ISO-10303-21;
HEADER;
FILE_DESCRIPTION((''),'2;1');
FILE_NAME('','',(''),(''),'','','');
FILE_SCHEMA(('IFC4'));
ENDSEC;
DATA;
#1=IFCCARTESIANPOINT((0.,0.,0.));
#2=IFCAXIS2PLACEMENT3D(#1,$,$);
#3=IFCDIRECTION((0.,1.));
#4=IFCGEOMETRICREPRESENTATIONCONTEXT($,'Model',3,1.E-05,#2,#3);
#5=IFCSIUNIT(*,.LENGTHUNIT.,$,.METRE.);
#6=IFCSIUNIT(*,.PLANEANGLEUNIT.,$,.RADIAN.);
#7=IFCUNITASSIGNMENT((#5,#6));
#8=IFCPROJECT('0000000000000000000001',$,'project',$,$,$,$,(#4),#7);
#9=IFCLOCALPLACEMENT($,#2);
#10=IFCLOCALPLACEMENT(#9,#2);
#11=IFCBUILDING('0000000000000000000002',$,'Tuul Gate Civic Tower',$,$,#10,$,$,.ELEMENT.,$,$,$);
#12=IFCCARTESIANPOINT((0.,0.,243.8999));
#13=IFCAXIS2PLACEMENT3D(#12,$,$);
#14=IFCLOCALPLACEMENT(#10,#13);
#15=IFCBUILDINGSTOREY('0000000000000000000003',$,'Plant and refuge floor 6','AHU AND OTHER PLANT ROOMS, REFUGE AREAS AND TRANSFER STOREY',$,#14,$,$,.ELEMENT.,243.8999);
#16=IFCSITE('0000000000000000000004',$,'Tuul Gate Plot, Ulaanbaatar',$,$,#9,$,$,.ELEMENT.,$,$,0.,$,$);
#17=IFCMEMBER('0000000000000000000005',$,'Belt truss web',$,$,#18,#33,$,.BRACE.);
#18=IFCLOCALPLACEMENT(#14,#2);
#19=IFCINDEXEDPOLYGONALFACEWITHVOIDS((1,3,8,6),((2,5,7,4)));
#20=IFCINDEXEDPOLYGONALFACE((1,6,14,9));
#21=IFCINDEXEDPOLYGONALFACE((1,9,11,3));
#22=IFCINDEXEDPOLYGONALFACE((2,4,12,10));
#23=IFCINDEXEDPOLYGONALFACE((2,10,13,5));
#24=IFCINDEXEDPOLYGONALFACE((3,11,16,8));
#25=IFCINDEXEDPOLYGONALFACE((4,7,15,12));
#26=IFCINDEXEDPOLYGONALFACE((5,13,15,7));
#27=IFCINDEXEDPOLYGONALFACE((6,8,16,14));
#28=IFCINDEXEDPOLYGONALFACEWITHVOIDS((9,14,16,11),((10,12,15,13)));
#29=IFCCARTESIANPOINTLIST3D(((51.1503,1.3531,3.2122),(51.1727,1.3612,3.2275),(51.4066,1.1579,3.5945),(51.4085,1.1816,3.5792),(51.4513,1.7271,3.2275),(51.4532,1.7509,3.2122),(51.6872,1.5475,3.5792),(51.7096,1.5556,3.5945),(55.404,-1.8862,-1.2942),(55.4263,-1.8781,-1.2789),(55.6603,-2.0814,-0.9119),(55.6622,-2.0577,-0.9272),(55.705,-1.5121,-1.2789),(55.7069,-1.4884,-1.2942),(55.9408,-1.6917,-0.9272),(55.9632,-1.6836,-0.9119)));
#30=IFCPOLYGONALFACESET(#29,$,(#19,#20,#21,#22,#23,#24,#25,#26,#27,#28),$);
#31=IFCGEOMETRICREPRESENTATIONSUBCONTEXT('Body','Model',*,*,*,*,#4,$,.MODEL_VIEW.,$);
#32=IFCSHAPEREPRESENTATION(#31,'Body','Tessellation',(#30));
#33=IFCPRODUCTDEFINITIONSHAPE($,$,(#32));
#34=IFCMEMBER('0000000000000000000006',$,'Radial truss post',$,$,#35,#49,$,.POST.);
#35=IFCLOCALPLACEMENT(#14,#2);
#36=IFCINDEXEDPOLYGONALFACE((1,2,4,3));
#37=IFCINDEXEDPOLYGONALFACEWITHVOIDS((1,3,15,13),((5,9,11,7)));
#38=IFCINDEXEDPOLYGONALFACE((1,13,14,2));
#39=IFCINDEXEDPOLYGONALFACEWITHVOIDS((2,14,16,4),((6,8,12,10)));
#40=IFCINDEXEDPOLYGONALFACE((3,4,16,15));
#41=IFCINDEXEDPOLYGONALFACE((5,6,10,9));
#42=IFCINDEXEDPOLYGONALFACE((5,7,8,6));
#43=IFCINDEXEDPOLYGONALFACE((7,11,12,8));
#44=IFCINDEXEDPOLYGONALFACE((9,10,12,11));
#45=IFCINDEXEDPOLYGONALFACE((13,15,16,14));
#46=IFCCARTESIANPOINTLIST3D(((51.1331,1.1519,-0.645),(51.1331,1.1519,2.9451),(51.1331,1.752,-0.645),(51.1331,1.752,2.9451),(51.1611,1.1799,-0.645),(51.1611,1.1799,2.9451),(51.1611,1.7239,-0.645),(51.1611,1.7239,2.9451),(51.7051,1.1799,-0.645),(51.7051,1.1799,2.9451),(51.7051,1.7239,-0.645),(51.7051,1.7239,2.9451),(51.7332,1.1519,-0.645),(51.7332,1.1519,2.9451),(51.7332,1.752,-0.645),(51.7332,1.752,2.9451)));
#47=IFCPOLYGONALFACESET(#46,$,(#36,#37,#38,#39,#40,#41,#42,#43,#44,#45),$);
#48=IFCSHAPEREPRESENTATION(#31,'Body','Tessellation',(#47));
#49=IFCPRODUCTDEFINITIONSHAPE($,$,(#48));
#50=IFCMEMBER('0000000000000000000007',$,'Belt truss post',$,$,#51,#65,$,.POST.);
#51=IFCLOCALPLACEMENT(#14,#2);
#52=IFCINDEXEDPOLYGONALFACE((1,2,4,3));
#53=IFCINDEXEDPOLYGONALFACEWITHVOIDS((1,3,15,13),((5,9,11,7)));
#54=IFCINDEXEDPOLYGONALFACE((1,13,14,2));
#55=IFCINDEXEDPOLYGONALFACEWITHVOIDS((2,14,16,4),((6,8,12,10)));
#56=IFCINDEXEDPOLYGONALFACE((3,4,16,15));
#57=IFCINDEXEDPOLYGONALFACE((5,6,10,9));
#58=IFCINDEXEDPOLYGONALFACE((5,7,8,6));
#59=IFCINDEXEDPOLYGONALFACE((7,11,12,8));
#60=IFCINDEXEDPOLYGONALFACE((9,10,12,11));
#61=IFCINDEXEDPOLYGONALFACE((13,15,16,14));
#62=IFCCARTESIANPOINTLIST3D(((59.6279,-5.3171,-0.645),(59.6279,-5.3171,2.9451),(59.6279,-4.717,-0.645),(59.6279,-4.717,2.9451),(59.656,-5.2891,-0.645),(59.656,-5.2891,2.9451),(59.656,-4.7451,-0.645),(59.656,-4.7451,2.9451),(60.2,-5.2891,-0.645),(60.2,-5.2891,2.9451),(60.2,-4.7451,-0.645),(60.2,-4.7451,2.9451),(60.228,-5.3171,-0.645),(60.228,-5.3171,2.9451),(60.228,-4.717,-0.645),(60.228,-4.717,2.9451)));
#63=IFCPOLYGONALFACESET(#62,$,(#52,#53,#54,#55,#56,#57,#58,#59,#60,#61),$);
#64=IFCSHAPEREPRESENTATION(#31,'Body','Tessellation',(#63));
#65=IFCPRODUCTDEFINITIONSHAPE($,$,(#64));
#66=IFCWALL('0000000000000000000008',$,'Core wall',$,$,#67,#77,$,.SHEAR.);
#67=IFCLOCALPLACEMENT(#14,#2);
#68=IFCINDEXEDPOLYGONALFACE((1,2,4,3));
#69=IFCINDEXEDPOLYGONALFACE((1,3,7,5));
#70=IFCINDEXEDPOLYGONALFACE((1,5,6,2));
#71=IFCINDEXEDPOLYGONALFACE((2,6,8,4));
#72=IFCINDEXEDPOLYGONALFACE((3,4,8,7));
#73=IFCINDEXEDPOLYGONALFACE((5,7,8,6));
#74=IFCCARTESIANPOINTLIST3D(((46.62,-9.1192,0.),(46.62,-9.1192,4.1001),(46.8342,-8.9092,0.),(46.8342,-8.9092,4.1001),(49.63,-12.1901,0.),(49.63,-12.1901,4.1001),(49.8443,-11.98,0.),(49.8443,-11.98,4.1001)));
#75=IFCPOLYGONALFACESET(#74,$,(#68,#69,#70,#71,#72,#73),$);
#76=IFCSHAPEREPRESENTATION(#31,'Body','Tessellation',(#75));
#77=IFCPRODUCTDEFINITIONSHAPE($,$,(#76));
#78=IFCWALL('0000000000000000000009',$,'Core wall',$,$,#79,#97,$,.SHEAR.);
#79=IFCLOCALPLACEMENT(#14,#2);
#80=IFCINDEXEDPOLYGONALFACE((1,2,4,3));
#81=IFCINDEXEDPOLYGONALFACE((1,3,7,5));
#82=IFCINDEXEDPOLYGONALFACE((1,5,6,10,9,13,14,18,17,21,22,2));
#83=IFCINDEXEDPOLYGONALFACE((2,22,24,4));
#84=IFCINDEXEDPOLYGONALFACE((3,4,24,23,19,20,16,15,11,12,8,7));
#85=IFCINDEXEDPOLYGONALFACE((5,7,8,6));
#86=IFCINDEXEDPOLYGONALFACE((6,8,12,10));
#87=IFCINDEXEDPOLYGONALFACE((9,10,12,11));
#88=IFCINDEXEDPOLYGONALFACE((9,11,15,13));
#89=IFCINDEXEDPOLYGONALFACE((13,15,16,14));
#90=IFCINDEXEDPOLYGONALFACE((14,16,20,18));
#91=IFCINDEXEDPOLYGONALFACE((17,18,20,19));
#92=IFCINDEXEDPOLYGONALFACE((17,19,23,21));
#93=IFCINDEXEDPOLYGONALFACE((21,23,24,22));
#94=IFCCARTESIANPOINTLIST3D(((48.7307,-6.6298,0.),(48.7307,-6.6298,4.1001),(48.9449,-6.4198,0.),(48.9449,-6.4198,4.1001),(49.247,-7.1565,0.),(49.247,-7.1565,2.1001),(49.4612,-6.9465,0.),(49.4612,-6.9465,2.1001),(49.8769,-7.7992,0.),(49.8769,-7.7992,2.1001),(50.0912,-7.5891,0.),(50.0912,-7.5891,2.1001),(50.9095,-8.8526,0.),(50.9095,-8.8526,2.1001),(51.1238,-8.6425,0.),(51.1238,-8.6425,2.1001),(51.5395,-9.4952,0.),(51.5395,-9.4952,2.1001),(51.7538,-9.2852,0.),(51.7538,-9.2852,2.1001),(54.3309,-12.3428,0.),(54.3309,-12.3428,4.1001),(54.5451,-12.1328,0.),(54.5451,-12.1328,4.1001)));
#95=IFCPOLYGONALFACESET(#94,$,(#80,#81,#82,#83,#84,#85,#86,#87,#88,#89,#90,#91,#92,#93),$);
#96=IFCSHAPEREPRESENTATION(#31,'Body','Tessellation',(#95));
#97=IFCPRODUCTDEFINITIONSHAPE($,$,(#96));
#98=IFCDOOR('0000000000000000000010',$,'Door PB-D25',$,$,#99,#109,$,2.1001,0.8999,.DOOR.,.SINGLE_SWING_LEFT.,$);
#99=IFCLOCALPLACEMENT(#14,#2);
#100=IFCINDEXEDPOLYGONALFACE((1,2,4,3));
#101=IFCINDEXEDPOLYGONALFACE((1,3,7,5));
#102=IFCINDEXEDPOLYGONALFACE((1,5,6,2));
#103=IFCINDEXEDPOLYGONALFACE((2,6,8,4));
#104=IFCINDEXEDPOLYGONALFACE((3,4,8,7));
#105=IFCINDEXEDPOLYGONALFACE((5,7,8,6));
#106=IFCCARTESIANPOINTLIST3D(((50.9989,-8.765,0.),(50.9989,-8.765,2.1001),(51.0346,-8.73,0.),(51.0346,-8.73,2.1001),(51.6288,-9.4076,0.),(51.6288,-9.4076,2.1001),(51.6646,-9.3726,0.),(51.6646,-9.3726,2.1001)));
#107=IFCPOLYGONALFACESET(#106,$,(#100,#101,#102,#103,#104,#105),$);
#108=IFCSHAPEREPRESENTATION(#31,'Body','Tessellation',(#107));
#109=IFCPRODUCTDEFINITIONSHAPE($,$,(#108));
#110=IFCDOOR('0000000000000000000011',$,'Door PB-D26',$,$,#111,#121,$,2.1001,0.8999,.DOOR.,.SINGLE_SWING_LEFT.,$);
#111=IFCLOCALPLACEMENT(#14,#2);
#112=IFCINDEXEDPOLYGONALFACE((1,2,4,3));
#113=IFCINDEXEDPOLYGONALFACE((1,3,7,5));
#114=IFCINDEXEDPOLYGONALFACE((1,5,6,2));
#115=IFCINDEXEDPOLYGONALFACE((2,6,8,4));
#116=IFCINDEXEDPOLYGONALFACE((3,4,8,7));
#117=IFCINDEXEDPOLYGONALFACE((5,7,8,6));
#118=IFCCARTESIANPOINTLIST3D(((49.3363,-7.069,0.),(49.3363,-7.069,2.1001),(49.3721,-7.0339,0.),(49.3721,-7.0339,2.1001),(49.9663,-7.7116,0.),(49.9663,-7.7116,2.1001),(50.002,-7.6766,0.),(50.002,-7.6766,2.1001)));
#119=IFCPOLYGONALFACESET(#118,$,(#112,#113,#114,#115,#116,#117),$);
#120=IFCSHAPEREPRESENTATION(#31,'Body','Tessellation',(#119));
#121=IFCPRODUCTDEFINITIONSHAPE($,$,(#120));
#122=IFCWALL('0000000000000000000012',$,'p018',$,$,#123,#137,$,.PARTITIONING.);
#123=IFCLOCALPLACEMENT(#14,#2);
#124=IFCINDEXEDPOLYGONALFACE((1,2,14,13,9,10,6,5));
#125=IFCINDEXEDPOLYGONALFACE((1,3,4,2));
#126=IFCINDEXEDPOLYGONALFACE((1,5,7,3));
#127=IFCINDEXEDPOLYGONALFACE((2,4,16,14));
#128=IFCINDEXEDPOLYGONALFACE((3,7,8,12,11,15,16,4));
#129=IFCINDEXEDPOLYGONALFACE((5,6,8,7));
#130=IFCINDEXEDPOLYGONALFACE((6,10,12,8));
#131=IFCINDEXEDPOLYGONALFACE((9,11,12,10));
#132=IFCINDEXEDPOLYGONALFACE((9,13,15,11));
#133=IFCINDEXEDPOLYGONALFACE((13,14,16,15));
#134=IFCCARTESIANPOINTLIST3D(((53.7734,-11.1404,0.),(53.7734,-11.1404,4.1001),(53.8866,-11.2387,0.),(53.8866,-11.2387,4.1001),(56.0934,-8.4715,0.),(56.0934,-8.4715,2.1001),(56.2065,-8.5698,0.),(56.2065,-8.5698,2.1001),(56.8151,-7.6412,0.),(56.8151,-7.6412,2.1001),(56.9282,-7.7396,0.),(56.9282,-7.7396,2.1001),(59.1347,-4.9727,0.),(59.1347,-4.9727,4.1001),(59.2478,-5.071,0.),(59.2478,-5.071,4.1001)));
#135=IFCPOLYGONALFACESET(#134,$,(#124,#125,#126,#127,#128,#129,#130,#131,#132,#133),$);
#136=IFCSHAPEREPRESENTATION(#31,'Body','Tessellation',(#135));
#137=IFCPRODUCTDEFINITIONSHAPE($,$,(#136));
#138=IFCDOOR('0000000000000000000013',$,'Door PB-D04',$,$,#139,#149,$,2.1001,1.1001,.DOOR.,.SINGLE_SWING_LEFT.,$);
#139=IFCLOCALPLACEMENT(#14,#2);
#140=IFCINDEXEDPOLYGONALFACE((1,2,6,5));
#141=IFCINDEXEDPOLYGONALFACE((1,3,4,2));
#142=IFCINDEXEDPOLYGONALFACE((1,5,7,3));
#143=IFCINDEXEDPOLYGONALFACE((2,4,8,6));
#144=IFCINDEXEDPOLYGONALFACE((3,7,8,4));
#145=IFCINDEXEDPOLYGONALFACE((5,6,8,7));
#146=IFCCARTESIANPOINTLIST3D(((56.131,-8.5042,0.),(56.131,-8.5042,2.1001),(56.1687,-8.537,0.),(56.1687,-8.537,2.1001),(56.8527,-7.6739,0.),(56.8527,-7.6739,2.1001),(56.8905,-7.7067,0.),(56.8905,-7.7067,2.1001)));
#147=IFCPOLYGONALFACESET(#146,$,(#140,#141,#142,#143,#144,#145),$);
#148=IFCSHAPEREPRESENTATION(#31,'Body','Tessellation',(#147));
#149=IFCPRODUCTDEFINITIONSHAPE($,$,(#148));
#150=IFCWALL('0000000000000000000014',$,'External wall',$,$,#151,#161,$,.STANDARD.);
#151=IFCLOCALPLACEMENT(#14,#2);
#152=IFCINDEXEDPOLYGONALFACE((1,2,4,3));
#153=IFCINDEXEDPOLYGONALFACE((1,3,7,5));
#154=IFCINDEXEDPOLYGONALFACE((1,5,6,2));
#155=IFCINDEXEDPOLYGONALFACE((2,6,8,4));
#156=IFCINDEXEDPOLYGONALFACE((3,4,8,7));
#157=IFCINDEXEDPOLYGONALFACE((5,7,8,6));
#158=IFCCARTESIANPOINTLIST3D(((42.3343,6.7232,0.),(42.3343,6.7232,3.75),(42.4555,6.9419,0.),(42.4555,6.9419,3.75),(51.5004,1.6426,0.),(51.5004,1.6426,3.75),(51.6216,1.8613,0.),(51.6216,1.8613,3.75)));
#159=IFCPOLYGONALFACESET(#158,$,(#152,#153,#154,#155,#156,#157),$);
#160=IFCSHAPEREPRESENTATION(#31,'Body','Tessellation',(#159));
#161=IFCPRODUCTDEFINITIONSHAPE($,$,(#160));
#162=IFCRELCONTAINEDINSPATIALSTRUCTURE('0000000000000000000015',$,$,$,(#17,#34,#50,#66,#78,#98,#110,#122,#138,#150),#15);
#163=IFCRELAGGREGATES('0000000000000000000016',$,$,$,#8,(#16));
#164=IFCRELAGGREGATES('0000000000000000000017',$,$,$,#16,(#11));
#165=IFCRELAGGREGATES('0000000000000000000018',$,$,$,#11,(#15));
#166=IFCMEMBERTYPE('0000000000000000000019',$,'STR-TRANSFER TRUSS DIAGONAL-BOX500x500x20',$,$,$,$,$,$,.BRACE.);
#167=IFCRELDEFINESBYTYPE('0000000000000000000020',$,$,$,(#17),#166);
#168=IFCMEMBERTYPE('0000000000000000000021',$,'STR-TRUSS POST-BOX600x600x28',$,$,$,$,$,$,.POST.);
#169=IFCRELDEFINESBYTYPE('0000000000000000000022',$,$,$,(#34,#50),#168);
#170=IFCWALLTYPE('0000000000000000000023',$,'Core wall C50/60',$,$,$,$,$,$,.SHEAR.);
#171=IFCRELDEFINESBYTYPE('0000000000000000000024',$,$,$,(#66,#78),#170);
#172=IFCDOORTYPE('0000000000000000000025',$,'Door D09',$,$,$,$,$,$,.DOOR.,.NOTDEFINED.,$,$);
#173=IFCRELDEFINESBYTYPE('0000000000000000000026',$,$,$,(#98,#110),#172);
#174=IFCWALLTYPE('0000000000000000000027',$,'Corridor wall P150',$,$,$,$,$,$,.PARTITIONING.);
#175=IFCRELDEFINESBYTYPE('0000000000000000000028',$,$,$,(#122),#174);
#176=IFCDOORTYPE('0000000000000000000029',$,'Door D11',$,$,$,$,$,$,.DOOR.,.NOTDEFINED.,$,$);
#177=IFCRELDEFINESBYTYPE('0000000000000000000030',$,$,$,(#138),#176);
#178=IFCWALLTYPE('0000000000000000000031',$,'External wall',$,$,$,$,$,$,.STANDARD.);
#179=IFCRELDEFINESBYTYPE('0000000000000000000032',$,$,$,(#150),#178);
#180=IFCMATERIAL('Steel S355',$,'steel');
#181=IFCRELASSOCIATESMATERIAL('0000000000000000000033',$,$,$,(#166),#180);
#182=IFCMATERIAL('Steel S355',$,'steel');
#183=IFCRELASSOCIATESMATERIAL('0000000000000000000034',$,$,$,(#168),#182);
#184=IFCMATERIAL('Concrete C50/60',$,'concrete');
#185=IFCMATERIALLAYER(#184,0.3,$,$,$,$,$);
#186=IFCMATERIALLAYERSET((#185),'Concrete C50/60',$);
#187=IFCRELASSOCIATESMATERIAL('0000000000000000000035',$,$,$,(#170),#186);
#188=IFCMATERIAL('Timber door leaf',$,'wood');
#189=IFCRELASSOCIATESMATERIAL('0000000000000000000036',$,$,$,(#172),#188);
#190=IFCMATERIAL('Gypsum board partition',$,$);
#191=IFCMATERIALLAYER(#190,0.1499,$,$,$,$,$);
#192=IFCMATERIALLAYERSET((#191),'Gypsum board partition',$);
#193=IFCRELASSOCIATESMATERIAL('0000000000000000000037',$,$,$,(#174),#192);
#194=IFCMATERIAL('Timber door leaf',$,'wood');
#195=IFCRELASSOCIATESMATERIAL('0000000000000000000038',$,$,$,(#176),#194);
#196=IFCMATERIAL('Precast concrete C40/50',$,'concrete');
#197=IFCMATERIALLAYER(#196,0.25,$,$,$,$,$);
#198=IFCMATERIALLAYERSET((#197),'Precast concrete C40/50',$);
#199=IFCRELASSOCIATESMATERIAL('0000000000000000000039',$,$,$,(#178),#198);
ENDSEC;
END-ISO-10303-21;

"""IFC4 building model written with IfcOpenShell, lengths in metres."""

from ifc_helpers import new_model, si_unit, direction, frame, frame_2d, origin, origin_2d, place, context, subcontext, project, spatial, rectangle, hollow_rectangle, extrude, material, layer, layer_set, material_profile, profile_set, type_object, element, fill, save


model = new_model("IFC4")

# Units and contexts
model_context = context("Model", 3, precision=1e-05, world=origin(), true_north=direction((0.0, 1.0)))
body_context = subcontext(model_context, "Body", "Model", "MODEL_VIEW")
ifc_project = project(units=[si_unit("LENGTHUNIT", "METRE"), si_unit("PLANEANGLEUNIT", "RADIAN")], contexts=[model_context])

# Site, building, storey
site_placement = place(None, origin())
site = spatial("IfcSite", under=ifc_project, at=site_placement, Name="Tuul Gate Plot, Ulaanbaatar", CompositionType="ELEMENT", RefElevation=0.0)
building_placement = place(site_placement, origin())
building = spatial("IfcBuilding", under=site, at=building_placement, Name="Tuul Gate Civic Tower", CompositionType="ELEMENT")
storey_placement = place(building_placement, frame((0.0, 0.0, 243.8999)))
storey = spatial("IfcBuildingStorey", under=building, at=storey_placement, Name="Plant and refuge floor 6", Description="AHU AND OTHER PLANT ROOMS, REFUGE AREAS AND TRANSFER STOREY", CompositionType="ELEMENT", Elevation=243.8999)

# Members
ifc_material_1 = material(Name="Steel S355", Category="steel")
ifc_material_profile_1 = material_profile(ifc_material_1, hollow_rectangle(XDim=0.5, YDim=0.5, WallThickness=0.02, at=origin_2d()), Name="BOX500x500x20")
ifc_profile_set_1 = profile_set([ifc_material_profile_1], Name="Steel S355")
member_type_1 = type_object("IfcMemberType", Name="STR-TRANSFER TRUSS DIAGONAL-BOX500x500x20", PredefinedType="BRACE", material=ifc_profile_set_1)
member_1_placement = place(storey_placement, frame((55.6836, -1.7849, -1.103), z_axis=(-0.608327, 0.463254, 0.644464), x_axis=(-0.605851, -0.795578, 0.0)))
element("IfcMember", 1, at=member_1_placement, inside=storey, type_object=member_type_1, Name="Belt truss web", PredefinedType="BRACE", context=body_context, shape_type="SweptSolid", body=[
    extrude(hollow_rectangle(XDim=0.5, YDim=0.5, WallThickness=0.02, at=origin_2d()), origin(), (0.0, 0.0, 1.0), 6.9924),
])
ifc_material_2 = material(Name="Steel S355", Category="steel")
ifc_material_profile_2 = material_profile(ifc_material_2, hollow_rectangle(XDim=0.6001, YDim=0.6001, WallThickness=0.0281, at=origin_2d()), Name="BOX600x600x28")
ifc_profile_set_2 = profile_set([ifc_material_profile_2], Name="Steel S355")
member_type_2 = type_object("IfcMemberType", Name="STR-TRUSS POST-BOX600x600x28", PredefinedType="POST", material=ifc_profile_set_2)
for number, where, z_axis, x_axis, name in (
    (2, (51.4331, 1.4519, -0.645), (0.0, 0.0, 1.0), (1.0, 0.0, 0.0), "Radial truss post"),
    (3, (59.928, -5.0171, -0.645), (0.0, 0.0, 1.0), (1.0, 0.0, 0.0), "Belt truss post"),
):
    element("IfcMember", number, at=place(storey_placement, frame(where, z_axis=z_axis, x_axis=x_axis)), inside=storey, type_object=member_type_2, Name=name, PredefinedType="POST", context=body_context, shape_type="SweptSolid", body=[
        extrude(hollow_rectangle(XDim=0.6001, YDim=0.6001, WallThickness=0.0281, at=origin_2d()), origin(), (0.0, 0.0, 1.0), 3.5901),
    ])

# Wall
ifc_material_3 = material(Name="Concrete C50/60", Category="concrete")
ifc_layer_1 = layer(ifc_material_3, 0.3)
ifc_layer_set_1 = layer_set([ifc_layer_1], Name="Concrete C50/60")
wall_type_1 = type_object("IfcWallType", Name="Core wall C50/60", PredefinedType="SHEAR", material=ifc_layer_set_1)
wall_1_placement = place(storey_placement, frame((49.7371, -12.085, 0.0), z_axis=(0.0, 0.0, 1.0), x_axis=(-0.700003, 0.71414, 0.0)))
element("IfcWall", 4, at=wall_1_placement, inside=storey, type_object=wall_type_1, Name="Core wall", PredefinedType="SHEAR", context=body_context, shape_type="SweptSolid", body=[
    extrude(rectangle(XDim=4.3, YDim=0.3, at=frame_2d((2.1499, 0.0))), origin(), (0.0, 0.0, 1.0), 4.1001),
])

# Wall, openings, doors
wall_2_placement = place(storey_placement, frame((54.438, -12.2378, 0.0), z_axis=(0.0, 0.0, 1.0), x_axis=(-0.700022, 0.714121, 0.0)))
wall_2 = element("IfcWall", 5, at=wall_2_placement, inside=storey, type_object=wall_type_1, Name="Core wall", PredefinedType="SHEAR", context=body_context, shape_type="SweptSolid", body=[
    extrude(rectangle(XDim=8.0, YDim=0.3, at=frame_2d((4.0, 0.0))), origin(), (0.0, 0.0, 1.0), 4.1001),
])
opening_1_placement = place(wall_2_placement, frame((3.9875, 0.0, 0.0)))
opening_1 = element("IfcOpeningElement", 6, at=opening_1_placement, cuts=wall_2, PredefinedType="OPENING", context=body_context, shape_type="SweptSolid", body=[
    extrude(rectangle(XDim=0.8999, YDim=2.1001, at=frame_2d((0.45, 1.05))), frame((0.0, 0.1602, 0.0), z_axis=(0.0, -1.0, 0.0), x_axis=(1.0, 0.0, 0.0)), (0.0, 0.0, 1.0), 0.3201),
])
opening_2_placement = place(wall_2_placement, frame((6.3625, 0.0, 0.0)))
opening_2 = element("IfcOpeningElement", 7, at=opening_2_placement, cuts=wall_2, PredefinedType="OPENING", context=body_context, shape_type="SweptSolid", body=[
    extrude(rectangle(XDim=0.8999, YDim=2.1001, at=frame_2d((0.45, 1.05))), frame((0.0, 0.1602, 0.0), z_axis=(0.0, -1.0, 0.0), x_axis=(1.0, 0.0, 0.0)), (0.0, 0.0, 1.0), 0.3201),
])
ifc_material_4 = material(Name="Timber door leaf", Category="wood")
door_type_1 = type_object("IfcDoorType", Name="Door D09", OperationType="NOTDEFINED", PredefinedType="DOOR", material=ifc_material_4)
door_1_placement = place(opening_1_placement, origin())
door_1 = element("IfcDoor", 8, at=door_1_placement, inside=storey, type_object=door_type_1, Name="Door PB-D25", OperationType="SINGLE_SWING_LEFT", OverallHeight=2.1001, OverallWidth=0.8999, PredefinedType="DOOR", context=body_context, shape_type="SweptSolid", body=[
    extrude(rectangle(XDim=0.8999, YDim=2.1001, at=frame_2d((0.45, 1.05))), frame((0.0, 0.0249, 0.0), z_axis=(0.0, -1.0, 0.0), x_axis=(1.0, 0.0, 0.0)), (0.0, 0.0, 1.0), 0.05),
])
fill(opening_1, door_1)
door_2_placement = place(opening_2_placement, origin())
door_2 = element("IfcDoor", 9, at=door_2_placement, inside=storey, type_object=door_type_1, Name="Door PB-D26", OperationType="SINGLE_SWING_LEFT", OverallHeight=2.1001, OverallWidth=0.8999, PredefinedType="DOOR", context=body_context, shape_type="SweptSolid", body=[
    extrude(rectangle(XDim=0.8999, YDim=2.1001, at=frame_2d((0.45, 1.05))), frame((0.0, 0.0249, 0.0), z_axis=(0.0, -1.0, 0.0), x_axis=(1.0, 0.0, 0.0)), (0.0, 0.0, 1.0), 0.05),
])
fill(opening_2, door_2)

# Wall, opening, door
ifc_material_5 = material(Name="Gypsum board partition")
ifc_layer_2 = layer(ifc_material_5, 0.1499)
ifc_layer_set_2 = layer_set([ifc_layer_2], Name="Gypsum board partition")
wall_type_2 = type_object("IfcWallType", Name="Corridor wall P150", PredefinedType="PARTITIONING", material=ifc_layer_set_2)
wall_3_placement = place(storey_placement, frame((53.8301, -11.1895, 0.0), z_axis=(0.0, 0.0, 1.0), x_axis=(0.656046, 0.754721, 0.0)))
wall_3 = element("IfcWall", 10, at=wall_3_placement, inside=storey, type_object=wall_type_2, Name="p018", PredefinedType="PARTITIONING", context=body_context, shape_type="SweptSolid", body=[
    extrude(rectangle(XDim=8.1721, YDim=0.1499, at=frame_2d((4.0859, 0.0))), origin(), (0.0, 0.0, 1.0), 4.1001),
])
opening_3_placement = place(wall_3_placement, frame((3.5361, 0.0, 0.0)))
opening_3 = element("IfcOpeningElement", 11, at=opening_3_placement, cuts=wall_3, PredefinedType="OPENING", context=body_context, shape_type="SweptSolid", body=[
    extrude(rectangle(XDim=1.1001, YDim=2.1001, at=frame_2d((0.55, 1.05))), frame((0.0, 0.085, 0.0), z_axis=(0.0, -1.0, 0.0), x_axis=(1.0, 0.0, 0.0)), (0.0, 0.0, 1.0), 0.1699),
])
ifc_material_6 = material(Name="Timber door leaf", Category="wood")
door_type_2 = type_object("IfcDoorType", Name="Door D11", OperationType="NOTDEFINED", PredefinedType="DOOR", material=ifc_material_6)
door_3_placement = place(opening_3_placement, frame((1.1001, 0.0, 0.0), z_axis=(0.0, 0.0, 1.0), x_axis=(-1.0, 0.0, 0.0)))
door_3 = element("IfcDoor", 12, at=door_3_placement, inside=storey, type_object=door_type_2, Name="Door PB-D04", OperationType="SINGLE_SWING_LEFT", OverallHeight=2.1001, OverallWidth=1.1001, PredefinedType="DOOR", context=body_context, shape_type="SweptSolid", body=[
    extrude(rectangle(XDim=1.1001, YDim=2.1001, at=frame_2d((0.55, 1.05))), frame((0.0, 0.0249, 0.0), z_axis=(0.0, -1.0, 0.0), x_axis=(1.0, 0.0, 0.0)), (0.0, 0.0, 1.0), 0.05),
])
fill(opening_3, door_3)

# Wall
ifc_material_7 = material(Name="Precast concrete C40/50", Category="concrete")
ifc_layer_3 = layer(ifc_material_7, 0.25)
ifc_layer_set_3 = layer_set([ifc_layer_3], Name="Precast concrete C40/50")
wall_type_3 = type_object("IfcWallType", Name="External wall", PredefinedType="STANDARD", material=ifc_layer_set_3)
wall_4_placement = place(storey_placement, frame((51.561, 1.752, 0.0), z_axis=(0.0, 0.0, 1.0), x_axis=(-0.874629, 0.484792, 0.0)))
element("IfcWall", 13, at=wall_4_placement, inside=storey, type_object=wall_type_3, Name="External wall", PredefinedType="STANDARD", context=body_context, shape_type="SweptSolid", body=[
    extrude(rectangle(XDim=10.48, YDim=0.25, at=frame_2d((5.24, 0.0))), origin(), (0.0, 0.0, 1.0), 3.75),
])

save(model, "model.ifc")
